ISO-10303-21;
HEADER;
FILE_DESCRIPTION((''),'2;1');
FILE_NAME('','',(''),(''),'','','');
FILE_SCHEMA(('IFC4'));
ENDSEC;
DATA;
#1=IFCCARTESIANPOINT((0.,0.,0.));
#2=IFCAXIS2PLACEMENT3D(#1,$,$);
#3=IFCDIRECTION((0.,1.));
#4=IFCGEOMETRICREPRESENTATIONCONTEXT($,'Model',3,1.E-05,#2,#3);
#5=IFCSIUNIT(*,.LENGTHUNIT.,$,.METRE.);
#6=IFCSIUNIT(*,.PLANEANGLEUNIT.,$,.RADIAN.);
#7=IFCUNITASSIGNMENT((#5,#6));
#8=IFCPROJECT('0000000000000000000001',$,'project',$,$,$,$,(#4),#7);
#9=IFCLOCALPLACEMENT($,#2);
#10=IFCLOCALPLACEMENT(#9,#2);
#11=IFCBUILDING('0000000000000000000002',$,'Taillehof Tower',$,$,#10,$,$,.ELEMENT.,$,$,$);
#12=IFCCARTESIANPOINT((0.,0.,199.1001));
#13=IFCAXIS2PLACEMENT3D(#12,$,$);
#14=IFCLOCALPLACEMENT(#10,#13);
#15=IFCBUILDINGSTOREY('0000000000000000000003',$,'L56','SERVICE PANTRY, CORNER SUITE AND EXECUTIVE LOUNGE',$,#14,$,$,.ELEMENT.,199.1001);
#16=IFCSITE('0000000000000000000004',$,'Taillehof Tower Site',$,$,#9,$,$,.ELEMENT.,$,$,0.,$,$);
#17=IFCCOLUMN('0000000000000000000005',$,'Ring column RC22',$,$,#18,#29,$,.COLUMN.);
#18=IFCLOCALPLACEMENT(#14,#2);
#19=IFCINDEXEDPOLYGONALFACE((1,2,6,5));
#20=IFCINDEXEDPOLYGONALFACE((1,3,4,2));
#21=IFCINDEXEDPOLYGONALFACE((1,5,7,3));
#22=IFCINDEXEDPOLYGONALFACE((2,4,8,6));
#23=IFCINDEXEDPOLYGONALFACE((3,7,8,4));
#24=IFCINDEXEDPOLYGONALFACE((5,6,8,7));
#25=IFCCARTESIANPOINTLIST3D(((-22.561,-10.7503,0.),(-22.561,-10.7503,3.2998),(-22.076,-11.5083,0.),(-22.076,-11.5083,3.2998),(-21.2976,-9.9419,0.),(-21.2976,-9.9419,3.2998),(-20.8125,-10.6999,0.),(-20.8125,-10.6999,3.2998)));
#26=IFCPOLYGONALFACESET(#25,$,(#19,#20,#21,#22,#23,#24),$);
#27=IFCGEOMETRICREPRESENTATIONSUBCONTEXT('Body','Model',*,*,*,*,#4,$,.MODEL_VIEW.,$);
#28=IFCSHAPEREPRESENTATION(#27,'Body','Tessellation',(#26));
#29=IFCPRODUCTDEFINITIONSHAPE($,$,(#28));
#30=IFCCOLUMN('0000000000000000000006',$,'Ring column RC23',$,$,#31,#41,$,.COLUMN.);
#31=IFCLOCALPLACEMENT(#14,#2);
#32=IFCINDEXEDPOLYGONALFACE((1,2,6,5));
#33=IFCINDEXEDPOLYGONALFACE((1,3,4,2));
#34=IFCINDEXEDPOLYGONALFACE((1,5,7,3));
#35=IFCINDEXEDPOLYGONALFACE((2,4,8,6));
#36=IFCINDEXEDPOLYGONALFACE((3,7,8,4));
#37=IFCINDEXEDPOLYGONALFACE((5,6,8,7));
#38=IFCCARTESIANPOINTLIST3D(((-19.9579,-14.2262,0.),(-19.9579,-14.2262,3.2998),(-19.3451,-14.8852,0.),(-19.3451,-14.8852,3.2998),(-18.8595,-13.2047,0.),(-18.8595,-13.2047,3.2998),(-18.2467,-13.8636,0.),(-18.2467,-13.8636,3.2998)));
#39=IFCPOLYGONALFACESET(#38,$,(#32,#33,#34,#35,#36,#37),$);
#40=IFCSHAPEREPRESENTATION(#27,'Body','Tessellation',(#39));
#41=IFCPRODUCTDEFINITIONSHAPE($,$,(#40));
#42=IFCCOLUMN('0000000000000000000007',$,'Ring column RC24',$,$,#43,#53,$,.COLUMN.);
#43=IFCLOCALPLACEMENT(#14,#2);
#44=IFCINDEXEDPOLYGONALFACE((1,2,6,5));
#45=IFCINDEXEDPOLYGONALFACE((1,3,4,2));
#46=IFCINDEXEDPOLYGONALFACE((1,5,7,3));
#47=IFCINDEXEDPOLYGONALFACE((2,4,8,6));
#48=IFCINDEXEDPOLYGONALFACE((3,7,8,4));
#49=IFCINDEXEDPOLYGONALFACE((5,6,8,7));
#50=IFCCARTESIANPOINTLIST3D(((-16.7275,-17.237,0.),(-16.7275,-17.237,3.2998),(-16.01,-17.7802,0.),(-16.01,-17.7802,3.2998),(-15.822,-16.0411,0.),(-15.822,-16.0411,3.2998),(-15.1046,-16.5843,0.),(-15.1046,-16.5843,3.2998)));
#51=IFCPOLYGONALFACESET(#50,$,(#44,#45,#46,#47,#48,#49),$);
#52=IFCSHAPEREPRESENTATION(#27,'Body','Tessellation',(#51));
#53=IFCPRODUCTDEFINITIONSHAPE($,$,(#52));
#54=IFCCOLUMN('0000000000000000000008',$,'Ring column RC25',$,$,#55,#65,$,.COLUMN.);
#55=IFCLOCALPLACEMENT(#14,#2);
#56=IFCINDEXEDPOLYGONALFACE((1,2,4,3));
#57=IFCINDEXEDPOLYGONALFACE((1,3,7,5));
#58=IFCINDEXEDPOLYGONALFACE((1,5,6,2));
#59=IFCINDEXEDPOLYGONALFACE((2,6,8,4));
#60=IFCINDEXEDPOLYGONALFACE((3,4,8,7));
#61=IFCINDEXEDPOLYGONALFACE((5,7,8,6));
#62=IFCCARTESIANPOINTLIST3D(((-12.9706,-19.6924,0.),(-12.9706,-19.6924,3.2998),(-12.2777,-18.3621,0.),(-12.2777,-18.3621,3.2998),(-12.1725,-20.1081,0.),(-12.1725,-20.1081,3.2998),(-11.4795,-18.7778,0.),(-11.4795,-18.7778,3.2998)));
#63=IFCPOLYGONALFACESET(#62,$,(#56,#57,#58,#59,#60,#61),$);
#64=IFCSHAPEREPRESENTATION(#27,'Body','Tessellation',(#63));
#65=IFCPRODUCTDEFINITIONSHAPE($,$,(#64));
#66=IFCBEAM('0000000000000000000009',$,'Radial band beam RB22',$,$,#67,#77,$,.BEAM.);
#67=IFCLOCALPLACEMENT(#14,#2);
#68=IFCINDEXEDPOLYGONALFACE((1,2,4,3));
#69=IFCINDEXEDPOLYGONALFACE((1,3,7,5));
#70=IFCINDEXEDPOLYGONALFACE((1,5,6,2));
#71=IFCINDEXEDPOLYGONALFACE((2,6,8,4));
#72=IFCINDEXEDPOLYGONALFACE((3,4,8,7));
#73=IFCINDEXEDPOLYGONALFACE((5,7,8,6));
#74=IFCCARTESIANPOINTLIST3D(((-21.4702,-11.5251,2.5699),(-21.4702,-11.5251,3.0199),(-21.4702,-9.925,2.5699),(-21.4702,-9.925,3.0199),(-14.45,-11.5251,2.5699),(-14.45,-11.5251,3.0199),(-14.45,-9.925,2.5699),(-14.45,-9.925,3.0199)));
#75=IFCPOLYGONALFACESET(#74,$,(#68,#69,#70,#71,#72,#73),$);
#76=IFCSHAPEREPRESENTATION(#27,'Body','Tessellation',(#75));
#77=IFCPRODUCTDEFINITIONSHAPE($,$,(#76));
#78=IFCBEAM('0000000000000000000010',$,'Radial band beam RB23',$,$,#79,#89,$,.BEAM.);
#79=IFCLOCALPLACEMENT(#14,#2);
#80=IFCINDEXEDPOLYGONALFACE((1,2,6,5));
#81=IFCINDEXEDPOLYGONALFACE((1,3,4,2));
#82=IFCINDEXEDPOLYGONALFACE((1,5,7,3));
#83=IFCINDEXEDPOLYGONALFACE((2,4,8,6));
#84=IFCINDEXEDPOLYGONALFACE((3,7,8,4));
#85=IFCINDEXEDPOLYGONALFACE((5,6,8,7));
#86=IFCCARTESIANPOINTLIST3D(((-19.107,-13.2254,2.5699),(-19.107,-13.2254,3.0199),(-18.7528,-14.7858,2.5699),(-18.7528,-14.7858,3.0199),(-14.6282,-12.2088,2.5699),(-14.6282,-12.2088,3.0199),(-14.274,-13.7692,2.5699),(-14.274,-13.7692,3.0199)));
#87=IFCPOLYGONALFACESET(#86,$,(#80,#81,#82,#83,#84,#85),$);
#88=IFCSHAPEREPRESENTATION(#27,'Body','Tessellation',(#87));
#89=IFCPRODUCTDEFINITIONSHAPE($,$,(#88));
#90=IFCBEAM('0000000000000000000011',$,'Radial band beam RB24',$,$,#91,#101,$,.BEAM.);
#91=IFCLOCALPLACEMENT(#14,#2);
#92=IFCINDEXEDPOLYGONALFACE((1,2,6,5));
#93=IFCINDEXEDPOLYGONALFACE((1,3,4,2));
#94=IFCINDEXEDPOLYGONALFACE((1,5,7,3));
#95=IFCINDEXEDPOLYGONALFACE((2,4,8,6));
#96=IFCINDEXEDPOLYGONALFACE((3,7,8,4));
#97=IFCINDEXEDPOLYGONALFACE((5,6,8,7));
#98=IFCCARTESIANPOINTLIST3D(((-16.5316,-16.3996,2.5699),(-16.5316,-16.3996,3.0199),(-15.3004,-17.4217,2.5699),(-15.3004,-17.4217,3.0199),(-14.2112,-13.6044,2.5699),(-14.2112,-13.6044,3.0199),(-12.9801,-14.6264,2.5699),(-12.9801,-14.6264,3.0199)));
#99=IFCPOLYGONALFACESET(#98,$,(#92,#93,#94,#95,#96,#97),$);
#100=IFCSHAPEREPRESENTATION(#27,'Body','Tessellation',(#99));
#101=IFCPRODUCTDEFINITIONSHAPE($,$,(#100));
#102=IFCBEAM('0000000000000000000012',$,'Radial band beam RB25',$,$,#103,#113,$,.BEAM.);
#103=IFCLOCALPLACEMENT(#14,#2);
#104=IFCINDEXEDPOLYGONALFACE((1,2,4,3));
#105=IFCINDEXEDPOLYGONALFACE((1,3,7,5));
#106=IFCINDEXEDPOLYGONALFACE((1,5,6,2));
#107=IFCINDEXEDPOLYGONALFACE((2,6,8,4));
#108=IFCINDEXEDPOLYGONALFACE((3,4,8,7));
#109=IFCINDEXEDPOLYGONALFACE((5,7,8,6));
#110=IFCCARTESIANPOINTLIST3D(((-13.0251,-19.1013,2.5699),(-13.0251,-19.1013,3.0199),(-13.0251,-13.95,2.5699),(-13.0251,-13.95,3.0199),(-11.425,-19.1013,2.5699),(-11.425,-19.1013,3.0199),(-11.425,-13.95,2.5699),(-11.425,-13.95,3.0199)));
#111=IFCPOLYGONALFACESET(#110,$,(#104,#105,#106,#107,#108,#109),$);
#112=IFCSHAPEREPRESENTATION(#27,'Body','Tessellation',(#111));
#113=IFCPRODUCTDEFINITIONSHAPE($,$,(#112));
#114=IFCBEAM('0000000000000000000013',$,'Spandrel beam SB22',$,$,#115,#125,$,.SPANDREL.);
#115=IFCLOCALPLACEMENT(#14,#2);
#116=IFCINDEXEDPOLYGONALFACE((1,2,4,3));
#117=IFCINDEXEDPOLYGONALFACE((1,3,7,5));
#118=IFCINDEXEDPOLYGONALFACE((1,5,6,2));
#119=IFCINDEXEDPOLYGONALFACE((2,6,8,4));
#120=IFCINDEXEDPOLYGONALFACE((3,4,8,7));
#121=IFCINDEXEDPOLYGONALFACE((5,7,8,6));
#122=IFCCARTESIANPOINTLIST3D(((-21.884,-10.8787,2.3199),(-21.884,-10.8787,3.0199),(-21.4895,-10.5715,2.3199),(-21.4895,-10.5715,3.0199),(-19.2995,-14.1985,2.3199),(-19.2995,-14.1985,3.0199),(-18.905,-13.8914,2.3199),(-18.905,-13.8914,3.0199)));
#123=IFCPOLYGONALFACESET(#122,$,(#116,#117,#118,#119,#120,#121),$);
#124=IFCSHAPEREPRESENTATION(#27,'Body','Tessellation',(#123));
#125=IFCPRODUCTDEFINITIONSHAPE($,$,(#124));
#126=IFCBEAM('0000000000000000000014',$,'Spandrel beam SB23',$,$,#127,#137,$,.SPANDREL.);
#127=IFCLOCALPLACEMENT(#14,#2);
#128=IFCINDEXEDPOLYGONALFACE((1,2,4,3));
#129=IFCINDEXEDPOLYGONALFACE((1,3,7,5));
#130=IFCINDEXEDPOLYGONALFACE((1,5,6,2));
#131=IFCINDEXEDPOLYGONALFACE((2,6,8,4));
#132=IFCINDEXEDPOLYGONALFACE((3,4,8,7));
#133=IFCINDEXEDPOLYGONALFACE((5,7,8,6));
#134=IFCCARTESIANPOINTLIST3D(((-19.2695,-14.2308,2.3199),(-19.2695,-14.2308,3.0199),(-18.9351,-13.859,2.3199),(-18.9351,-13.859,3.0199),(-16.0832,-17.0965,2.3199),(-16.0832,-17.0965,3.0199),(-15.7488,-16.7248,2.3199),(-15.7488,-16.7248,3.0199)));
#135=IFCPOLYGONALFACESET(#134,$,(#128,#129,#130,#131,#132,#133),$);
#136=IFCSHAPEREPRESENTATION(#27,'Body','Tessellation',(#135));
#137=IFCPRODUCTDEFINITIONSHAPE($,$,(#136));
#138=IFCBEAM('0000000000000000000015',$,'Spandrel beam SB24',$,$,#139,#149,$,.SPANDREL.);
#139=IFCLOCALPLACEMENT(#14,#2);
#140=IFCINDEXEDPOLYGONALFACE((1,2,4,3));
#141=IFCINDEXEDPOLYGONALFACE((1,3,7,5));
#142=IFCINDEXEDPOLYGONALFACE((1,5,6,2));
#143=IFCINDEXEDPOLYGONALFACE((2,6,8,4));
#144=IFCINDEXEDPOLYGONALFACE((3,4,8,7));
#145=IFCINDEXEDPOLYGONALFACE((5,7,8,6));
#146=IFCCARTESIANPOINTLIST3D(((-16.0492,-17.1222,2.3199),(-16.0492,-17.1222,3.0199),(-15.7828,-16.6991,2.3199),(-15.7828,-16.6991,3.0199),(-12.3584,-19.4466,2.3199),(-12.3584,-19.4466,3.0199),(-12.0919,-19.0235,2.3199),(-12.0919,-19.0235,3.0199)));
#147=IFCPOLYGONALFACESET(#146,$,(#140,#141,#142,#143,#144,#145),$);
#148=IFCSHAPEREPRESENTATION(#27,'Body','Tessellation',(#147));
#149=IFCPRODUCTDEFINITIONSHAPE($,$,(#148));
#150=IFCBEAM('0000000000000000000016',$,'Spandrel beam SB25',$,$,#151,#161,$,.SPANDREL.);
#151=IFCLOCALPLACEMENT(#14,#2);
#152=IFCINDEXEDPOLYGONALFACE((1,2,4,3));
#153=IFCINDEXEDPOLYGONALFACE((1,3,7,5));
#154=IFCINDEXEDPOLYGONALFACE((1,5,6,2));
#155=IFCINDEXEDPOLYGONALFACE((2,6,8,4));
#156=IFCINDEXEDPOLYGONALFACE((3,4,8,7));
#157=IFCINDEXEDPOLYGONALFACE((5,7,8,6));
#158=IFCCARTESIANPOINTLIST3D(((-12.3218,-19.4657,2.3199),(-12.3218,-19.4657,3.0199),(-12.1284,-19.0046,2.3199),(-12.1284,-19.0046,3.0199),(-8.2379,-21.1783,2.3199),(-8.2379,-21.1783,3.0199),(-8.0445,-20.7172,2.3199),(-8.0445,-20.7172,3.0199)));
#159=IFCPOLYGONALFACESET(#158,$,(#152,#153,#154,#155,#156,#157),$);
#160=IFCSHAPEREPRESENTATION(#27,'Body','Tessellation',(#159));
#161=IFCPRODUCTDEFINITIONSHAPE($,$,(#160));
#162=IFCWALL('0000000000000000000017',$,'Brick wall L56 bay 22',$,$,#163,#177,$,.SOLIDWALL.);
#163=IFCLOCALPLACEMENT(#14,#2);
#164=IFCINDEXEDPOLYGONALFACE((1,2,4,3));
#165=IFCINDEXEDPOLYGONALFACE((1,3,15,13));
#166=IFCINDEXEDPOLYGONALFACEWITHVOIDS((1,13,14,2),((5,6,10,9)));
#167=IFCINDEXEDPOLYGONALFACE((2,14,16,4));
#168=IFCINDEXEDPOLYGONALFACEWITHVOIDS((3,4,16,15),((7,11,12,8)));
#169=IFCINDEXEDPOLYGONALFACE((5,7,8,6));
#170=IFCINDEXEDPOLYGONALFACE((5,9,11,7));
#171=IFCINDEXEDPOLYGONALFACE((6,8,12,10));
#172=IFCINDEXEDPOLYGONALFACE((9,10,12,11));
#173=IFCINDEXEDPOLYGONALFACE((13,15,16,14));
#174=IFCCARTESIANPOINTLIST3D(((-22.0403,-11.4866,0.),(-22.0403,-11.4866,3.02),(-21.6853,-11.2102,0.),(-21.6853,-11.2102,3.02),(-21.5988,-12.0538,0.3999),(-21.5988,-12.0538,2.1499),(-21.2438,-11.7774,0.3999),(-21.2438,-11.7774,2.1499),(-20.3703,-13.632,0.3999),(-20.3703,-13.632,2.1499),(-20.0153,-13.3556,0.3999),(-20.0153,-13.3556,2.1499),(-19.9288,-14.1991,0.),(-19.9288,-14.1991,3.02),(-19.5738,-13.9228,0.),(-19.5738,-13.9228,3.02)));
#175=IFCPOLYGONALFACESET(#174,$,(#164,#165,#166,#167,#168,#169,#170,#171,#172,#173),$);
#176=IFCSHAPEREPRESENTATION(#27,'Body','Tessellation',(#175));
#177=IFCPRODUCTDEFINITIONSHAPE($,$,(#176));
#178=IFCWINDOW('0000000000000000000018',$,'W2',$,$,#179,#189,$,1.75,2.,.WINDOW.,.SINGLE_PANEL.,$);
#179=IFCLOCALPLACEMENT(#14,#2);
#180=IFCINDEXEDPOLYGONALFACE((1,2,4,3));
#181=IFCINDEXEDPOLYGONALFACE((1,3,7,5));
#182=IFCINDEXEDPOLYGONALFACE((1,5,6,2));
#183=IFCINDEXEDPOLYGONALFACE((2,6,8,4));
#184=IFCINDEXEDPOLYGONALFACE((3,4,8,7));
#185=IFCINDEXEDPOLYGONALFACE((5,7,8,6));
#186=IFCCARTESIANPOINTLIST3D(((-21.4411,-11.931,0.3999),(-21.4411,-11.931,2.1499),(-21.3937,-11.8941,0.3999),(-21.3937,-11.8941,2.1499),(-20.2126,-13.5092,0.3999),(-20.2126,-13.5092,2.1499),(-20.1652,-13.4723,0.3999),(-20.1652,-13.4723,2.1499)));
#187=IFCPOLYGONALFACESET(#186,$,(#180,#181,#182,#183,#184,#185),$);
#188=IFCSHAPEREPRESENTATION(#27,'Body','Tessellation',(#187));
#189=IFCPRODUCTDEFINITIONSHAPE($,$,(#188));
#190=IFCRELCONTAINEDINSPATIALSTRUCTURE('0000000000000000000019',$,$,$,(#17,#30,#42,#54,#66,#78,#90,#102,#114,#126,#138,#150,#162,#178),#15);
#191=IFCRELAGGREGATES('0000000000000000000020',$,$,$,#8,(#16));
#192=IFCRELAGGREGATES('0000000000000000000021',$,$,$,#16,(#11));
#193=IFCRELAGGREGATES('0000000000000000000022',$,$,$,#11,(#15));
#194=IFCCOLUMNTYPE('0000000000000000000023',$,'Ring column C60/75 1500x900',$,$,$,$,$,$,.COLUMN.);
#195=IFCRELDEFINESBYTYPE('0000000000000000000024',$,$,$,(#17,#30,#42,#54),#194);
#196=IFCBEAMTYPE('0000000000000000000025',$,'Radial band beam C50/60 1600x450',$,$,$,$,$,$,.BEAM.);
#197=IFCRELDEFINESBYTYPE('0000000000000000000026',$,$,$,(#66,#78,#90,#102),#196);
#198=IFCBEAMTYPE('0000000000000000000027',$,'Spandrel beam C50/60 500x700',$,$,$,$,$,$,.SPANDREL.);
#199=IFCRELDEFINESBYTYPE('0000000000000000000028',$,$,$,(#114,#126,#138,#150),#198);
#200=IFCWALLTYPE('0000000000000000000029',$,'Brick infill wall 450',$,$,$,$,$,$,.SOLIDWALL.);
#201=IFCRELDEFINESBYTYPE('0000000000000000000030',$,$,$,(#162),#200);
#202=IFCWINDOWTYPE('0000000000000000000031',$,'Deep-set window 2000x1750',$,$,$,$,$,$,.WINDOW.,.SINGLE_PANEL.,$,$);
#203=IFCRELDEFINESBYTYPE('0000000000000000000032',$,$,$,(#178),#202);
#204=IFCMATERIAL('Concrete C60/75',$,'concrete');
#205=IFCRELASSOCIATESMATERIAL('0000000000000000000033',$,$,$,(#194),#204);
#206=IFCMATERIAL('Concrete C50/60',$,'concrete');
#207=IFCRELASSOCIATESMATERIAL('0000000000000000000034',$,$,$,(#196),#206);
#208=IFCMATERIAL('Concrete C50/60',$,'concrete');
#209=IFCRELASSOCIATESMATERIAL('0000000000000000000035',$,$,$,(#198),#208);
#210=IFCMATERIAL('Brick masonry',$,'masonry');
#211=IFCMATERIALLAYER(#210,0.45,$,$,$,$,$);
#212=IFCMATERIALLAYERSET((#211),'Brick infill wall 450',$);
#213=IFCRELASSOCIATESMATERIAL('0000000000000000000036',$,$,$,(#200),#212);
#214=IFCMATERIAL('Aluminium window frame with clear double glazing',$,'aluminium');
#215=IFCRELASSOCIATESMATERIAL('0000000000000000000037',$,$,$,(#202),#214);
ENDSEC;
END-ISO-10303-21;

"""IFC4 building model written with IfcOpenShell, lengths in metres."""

from ifc_helpers import new_model, si_unit, direction, frame, frame_2d, origin, origin_2d, place, context, subcontext, project, spatial, rectangle, extrude, material, layer, layer_set, material_profile, profile_set, type_object, element, fill, save


model = new_model("IFC4")

# Units and contexts
model_context = context("Model", 3, precision=1e-05, world=origin(), true_north=direction((0.0, 1.0)))
body_context = subcontext(model_context, "Body", "Model", "MODEL_VIEW")
ifc_project = project(units=[si_unit("LENGTHUNIT", "METRE"), si_unit("PLANEANGLEUNIT", "RADIAN")], contexts=[model_context])

# Site, building, storey
site_placement = place(None, origin())
site = spatial("IfcSite", under=ifc_project, at=site_placement, Name="Taillehof Tower Site", CompositionType="ELEMENT", RefElevation=0.0)
building_placement = place(site_placement, origin())
building = spatial("IfcBuilding", under=site, at=building_placement, Name="Taillehof Tower", CompositionType="ELEMENT")
storey_placement = place(building_placement, frame((0.0, 0.0, 199.1001)))
storey = spatial("IfcBuildingStorey", under=building, at=storey_placement, Name="L56", Description="SERVICE PANTRY, CORNER SUITE AND EXECUTIVE LOUNGE", CompositionType="ELEMENT", Elevation=199.1001)

# Columns
ifc_material_1 = material(Name="Concrete C60/75", Category="concrete")
ifc_material_profile_1 = material_profile(ifc_material_1, rectangle(XDim=1.5, YDim=0.8999, at=origin_2d()), Name="RC 1500x900")
ifc_profile_set_1 = profile_set([ifc_material_profile_1], Name="Concrete C60/75")
column_type = type_object("IfcColumnType", Name="Ring column C60/75 1500x900", PredefinedType="COLUMN", material=ifc_profile_set_1)
for number, where, z_axis, x_axis, name in (
    (1, (-21.6868, -10.7251, 0.0), (0.0, 0.0, 1.0), (-0.842311, -0.538992, 0.0), "Ring column RC22"),
    (2, (-19.1023, -14.0449, 0.0), (0.0, 0.0, 1.0), (-0.732271, -0.681013, 0.0), "Ring column RC23"),
    (3, (-15.916, -16.9106, 0.0), (0.0, 0.0, 1.0), (-0.603608, -0.797281, 0.0), "Ring column RC24"),
    (4, (-12.2251, -19.2351, 0.0), (0.0, 0.0, 1.0), (-0.461993, -0.886883, 0.0), "Ring column RC25"),
):
    element("IfcColumn", number, at=place(storey_placement, frame(where, z_axis=z_axis, x_axis=x_axis)), inside=storey, type_object=column_type, Name=name, PredefinedType="COLUMN", context=body_context, shape_type="SweptSolid", body=[
        extrude(rectangle(XDim=1.5, YDim=0.8999, at=origin_2d()), origin(), (0.0, 0.0, 1.0), 3.2998),
    ])

# Beams
ifc_material_2 = material(Name="Concrete C50/60", Category="concrete")
ifc_material_profile_2 = material_profile(ifc_material_2, rectangle(XDim=1.6001, YDim=0.45, at=origin_2d()), Name="RC 1600x450")
ifc_profile_set_2 = profile_set([ifc_material_profile_2], Name="Concrete C50/60")
beam_type_1 = type_object("IfcBeamType", Name="Radial band beam C50/60 1600x450", PredefinedType="BEAM", material=ifc_profile_set_2)
beam_1_placement = place(storey_placement, frame((-21.4702, -10.7251, 2.7949), z_axis=(1.0, 0.0, 0.0), x_axis=(0.0, 1.0, 0.0)))
element("IfcBeam", 5, at=beam_1_placement, inside=storey, type_object=beam_type_1, Name="Radial band beam RB22", PredefinedType="BEAM", context=body_context, shape_type="SweptSolid", body=[
    extrude(rectangle(XDim=1.6001, YDim=0.45, at=origin_2d()), origin(), (0.0, 0.0, 1.0), 7.0203),
])
beam_2_placement = place(storey_placement, frame((-18.9299, -14.0056, 2.7949), z_axis=(0.975194, 0.221352, 0.0), x_axis=(-0.221352, 0.975194, 0.0)))
element("IfcBeam", 6, at=beam_2_placement, inside=storey, type_object=beam_type_1, Name="Radial band beam RB23", PredefinedType="BEAM", context=body_context, shape_type="SweptSolid", body=[
    extrude(rectangle(XDim=1.6001, YDim=0.45, at=origin_2d()), origin(), (0.0, 0.0, 1.0), 4.5928),
])
beam_3_placement = place(storey_placement, frame((-15.916, -16.9106, 2.7949), z_axis=(0.638722, 0.769437, 0.0), x_axis=(-0.769437, 0.638722, 0.0)))
element("IfcBeam", 7, at=beam_3_placement, inside=storey, type_object=beam_type_1, Name="Radial band beam RB24", PredefinedType="BEAM", context=body_context, shape_type="SweptSolid", body=[
    extrude(rectangle(XDim=1.6001, YDim=0.45, at=origin_2d()), origin(), (0.0, 0.0, 1.0), 3.6328),
])
beam_4_placement = place(storey_placement, frame((-12.2251, -19.1013, 2.7949), z_axis=(0.0, 1.0, 0.0), x_axis=(-1.0, 0.0, 0.0)))
element("IfcBeam", 8, at=beam_4_placement, inside=storey, type_object=beam_type_1, Name="Radial band beam RB25", PredefinedType="BEAM", context=body_context, shape_type="SweptSolid", body=[
    extrude(rectangle(XDim=1.6001, YDim=0.45, at=origin_2d()), origin(), (0.0, 0.0, 1.0), 5.1514),
])
ifc_material_3 = material(Name="Concrete C50/60", Category="concrete")
ifc_material_profile_3 = material_profile(ifc_material_3, rectangle(XDim=0.5, YDim=0.7, at=origin_2d()), Name="RC 500x700")
ifc_profile_set_3 = profile_set([ifc_material_profile_3], Name="Concrete C50/60")
beam_type_2 = type_object("IfcBeamType", Name="Spandrel beam C50/60 500x700", PredefinedType="SPANDREL", material=ifc_profile_set_3)
beam_5_placement = place(storey_placement, frame((-21.6868, -10.7251, 2.6699), z_axis=(0.614294, -0.789077, 0.0), x_axis=(0.789077, 0.614294, 0.0)))
element("IfcBeam", 9, at=beam_5_placement, inside=storey, type_object=beam_type_2, Name="Spandrel beam SB22", PredefinedType="SPANDREL", context=body_context, shape_type="SweptSolid", body=[
    extrude(rectangle(XDim=0.5, YDim=0.7, at=origin_2d()), origin(), (0.0, 0.0, 1.0), 4.2073),
])
beam_6_placement = place(storey_placement, frame((-19.1023, -14.0449, 2.6699), z_axis=(0.743518, -0.668716, 0.0), x_axis=(0.668716, 0.743518, 0.0)))
element("IfcBeam", 10, at=beam_6_placement, inside=storey, type_object=beam_type_2, Name="Spandrel beam SB23", PredefinedType="SPANDREL", context=body_context, shape_type="SweptSolid", body=[
    extrude(rectangle(XDim=0.5, YDim=0.7, at=origin_2d()), origin(), (0.0, 0.0, 1.0), 4.2854),
])
beam_7_placement = place(storey_placement, frame((-15.916, -16.9106, 2.6699), z_axis=(0.846176, -0.532904, 0.0), x_axis=(0.532904, 0.846176, 0.0)))
element("IfcBeam", 11, at=beam_7_placement, inside=storey, type_object=beam_type_2, Name="Spandrel beam SB24", PredefinedType="SPANDREL", context=body_context, shape_type="SweptSolid", body=[
    extrude(rectangle(XDim=0.5, YDim=0.7, at=origin_2d()), origin(), (0.0, 0.0, 1.0), 4.3618),
])
beam_8_placement = place(storey_placement, frame((-12.2251, -19.2351, 2.6699), z_axis=(0.922194, -0.386728, 0.0), x_axis=(0.386728, 0.922194, 0.0)))
element("IfcBeam", 12, at=beam_8_placement, inside=storey, type_object=beam_type_2, Name="Spandrel beam SB25", PredefinedType="SPANDREL", context=body_context, shape_type="SweptSolid", body=[
    extrude(rectangle(XDim=0.5, YDim=0.7, at=origin_2d()), origin(), (0.0, 0.0, 1.0), 4.4285),
])

# Wall, opening, window
ifc_material_4 = material(Name="Brick masonry", Category="masonry")
ifc_layer_1 = layer(ifc_material_4, 0.45)
ifc_layer_set_1 = layer_set([ifc_layer_1], Name="Brick infill wall 450")
wall_type_1 = type_object("IfcWallType", Name="Brick infill wall 450", PredefinedType="SOLIDWALL", material=ifc_layer_set_1)
wall_1_placement = place(storey_placement, frame((-21.8628, -11.3484, 0.0), z_axis=(0.0, 0.0, 1.0), x_axis=(0.614255, -0.789107, 0.0)))
wall_1 = element("IfcWall", 13, at=wall_1_placement, inside=storey, type_object=wall_type_1, Name="Brick wall L56 bay 22", PredefinedType="SOLIDWALL", context=body_context, shape_type="SweptSolid", body=[
    extrude(rectangle(XDim=3.4375, YDim=0.45, at=frame_2d((1.7188, 0.0))), origin(), (0.0, 0.0, 1.0), 3.02),
])
opening_1_placement = place(wall_1_placement, frame((0.7188, 0.0, 0.3999)))
opening_1 = element("IfcOpeningElement", 14, at=opening_1_placement, cuts=wall_1, PredefinedType="OPENING", context=body_context, shape_type="SweptSolid", body=[
    extrude(rectangle(XDim=2.0, YDim=1.75, at=frame_2d((1.0, 0.875))), frame((0.0, 0.2349, 0.0), z_axis=(0.0, -1.0, 0.0), x_axis=(1.0, 0.0, 0.0)), (0.0, 0.0, 1.0), 0.47),
])
ifc_material_5 = material(Name="Aluminium window frame with clear double glazing", Category="aluminium")
window_type = type_object("IfcWindowType", Name="Deep-set window 2000x1750", PartitioningType="SINGLE_PANEL", PredefinedType="WINDOW", material=ifc_material_5)
window_1_placement = place(opening_1_placement, origin())
window_1 = element("IfcWindow", 15, at=window_1_placement, inside=storey, type_object=window_type, Name="W2", OverallHeight=1.75, OverallWidth=2.0, PartitioningType="SINGLE_PANEL", PredefinedType="WINDOW", context=body_context, shape_type="SweptSolid", body=[
    extrude(rectangle(XDim=2.0, YDim=1.75, at=frame_2d((1.0, 0.875))), frame((0.0, 0.0349, 0.0), z_axis=(0.0, -1.0, 0.0), x_axis=(1.0, 0.0, 0.0)), (0.0, 0.0, 1.0), 0.0601),
])
fill(opening_1, window_1)

save(model, "model.ifc")
